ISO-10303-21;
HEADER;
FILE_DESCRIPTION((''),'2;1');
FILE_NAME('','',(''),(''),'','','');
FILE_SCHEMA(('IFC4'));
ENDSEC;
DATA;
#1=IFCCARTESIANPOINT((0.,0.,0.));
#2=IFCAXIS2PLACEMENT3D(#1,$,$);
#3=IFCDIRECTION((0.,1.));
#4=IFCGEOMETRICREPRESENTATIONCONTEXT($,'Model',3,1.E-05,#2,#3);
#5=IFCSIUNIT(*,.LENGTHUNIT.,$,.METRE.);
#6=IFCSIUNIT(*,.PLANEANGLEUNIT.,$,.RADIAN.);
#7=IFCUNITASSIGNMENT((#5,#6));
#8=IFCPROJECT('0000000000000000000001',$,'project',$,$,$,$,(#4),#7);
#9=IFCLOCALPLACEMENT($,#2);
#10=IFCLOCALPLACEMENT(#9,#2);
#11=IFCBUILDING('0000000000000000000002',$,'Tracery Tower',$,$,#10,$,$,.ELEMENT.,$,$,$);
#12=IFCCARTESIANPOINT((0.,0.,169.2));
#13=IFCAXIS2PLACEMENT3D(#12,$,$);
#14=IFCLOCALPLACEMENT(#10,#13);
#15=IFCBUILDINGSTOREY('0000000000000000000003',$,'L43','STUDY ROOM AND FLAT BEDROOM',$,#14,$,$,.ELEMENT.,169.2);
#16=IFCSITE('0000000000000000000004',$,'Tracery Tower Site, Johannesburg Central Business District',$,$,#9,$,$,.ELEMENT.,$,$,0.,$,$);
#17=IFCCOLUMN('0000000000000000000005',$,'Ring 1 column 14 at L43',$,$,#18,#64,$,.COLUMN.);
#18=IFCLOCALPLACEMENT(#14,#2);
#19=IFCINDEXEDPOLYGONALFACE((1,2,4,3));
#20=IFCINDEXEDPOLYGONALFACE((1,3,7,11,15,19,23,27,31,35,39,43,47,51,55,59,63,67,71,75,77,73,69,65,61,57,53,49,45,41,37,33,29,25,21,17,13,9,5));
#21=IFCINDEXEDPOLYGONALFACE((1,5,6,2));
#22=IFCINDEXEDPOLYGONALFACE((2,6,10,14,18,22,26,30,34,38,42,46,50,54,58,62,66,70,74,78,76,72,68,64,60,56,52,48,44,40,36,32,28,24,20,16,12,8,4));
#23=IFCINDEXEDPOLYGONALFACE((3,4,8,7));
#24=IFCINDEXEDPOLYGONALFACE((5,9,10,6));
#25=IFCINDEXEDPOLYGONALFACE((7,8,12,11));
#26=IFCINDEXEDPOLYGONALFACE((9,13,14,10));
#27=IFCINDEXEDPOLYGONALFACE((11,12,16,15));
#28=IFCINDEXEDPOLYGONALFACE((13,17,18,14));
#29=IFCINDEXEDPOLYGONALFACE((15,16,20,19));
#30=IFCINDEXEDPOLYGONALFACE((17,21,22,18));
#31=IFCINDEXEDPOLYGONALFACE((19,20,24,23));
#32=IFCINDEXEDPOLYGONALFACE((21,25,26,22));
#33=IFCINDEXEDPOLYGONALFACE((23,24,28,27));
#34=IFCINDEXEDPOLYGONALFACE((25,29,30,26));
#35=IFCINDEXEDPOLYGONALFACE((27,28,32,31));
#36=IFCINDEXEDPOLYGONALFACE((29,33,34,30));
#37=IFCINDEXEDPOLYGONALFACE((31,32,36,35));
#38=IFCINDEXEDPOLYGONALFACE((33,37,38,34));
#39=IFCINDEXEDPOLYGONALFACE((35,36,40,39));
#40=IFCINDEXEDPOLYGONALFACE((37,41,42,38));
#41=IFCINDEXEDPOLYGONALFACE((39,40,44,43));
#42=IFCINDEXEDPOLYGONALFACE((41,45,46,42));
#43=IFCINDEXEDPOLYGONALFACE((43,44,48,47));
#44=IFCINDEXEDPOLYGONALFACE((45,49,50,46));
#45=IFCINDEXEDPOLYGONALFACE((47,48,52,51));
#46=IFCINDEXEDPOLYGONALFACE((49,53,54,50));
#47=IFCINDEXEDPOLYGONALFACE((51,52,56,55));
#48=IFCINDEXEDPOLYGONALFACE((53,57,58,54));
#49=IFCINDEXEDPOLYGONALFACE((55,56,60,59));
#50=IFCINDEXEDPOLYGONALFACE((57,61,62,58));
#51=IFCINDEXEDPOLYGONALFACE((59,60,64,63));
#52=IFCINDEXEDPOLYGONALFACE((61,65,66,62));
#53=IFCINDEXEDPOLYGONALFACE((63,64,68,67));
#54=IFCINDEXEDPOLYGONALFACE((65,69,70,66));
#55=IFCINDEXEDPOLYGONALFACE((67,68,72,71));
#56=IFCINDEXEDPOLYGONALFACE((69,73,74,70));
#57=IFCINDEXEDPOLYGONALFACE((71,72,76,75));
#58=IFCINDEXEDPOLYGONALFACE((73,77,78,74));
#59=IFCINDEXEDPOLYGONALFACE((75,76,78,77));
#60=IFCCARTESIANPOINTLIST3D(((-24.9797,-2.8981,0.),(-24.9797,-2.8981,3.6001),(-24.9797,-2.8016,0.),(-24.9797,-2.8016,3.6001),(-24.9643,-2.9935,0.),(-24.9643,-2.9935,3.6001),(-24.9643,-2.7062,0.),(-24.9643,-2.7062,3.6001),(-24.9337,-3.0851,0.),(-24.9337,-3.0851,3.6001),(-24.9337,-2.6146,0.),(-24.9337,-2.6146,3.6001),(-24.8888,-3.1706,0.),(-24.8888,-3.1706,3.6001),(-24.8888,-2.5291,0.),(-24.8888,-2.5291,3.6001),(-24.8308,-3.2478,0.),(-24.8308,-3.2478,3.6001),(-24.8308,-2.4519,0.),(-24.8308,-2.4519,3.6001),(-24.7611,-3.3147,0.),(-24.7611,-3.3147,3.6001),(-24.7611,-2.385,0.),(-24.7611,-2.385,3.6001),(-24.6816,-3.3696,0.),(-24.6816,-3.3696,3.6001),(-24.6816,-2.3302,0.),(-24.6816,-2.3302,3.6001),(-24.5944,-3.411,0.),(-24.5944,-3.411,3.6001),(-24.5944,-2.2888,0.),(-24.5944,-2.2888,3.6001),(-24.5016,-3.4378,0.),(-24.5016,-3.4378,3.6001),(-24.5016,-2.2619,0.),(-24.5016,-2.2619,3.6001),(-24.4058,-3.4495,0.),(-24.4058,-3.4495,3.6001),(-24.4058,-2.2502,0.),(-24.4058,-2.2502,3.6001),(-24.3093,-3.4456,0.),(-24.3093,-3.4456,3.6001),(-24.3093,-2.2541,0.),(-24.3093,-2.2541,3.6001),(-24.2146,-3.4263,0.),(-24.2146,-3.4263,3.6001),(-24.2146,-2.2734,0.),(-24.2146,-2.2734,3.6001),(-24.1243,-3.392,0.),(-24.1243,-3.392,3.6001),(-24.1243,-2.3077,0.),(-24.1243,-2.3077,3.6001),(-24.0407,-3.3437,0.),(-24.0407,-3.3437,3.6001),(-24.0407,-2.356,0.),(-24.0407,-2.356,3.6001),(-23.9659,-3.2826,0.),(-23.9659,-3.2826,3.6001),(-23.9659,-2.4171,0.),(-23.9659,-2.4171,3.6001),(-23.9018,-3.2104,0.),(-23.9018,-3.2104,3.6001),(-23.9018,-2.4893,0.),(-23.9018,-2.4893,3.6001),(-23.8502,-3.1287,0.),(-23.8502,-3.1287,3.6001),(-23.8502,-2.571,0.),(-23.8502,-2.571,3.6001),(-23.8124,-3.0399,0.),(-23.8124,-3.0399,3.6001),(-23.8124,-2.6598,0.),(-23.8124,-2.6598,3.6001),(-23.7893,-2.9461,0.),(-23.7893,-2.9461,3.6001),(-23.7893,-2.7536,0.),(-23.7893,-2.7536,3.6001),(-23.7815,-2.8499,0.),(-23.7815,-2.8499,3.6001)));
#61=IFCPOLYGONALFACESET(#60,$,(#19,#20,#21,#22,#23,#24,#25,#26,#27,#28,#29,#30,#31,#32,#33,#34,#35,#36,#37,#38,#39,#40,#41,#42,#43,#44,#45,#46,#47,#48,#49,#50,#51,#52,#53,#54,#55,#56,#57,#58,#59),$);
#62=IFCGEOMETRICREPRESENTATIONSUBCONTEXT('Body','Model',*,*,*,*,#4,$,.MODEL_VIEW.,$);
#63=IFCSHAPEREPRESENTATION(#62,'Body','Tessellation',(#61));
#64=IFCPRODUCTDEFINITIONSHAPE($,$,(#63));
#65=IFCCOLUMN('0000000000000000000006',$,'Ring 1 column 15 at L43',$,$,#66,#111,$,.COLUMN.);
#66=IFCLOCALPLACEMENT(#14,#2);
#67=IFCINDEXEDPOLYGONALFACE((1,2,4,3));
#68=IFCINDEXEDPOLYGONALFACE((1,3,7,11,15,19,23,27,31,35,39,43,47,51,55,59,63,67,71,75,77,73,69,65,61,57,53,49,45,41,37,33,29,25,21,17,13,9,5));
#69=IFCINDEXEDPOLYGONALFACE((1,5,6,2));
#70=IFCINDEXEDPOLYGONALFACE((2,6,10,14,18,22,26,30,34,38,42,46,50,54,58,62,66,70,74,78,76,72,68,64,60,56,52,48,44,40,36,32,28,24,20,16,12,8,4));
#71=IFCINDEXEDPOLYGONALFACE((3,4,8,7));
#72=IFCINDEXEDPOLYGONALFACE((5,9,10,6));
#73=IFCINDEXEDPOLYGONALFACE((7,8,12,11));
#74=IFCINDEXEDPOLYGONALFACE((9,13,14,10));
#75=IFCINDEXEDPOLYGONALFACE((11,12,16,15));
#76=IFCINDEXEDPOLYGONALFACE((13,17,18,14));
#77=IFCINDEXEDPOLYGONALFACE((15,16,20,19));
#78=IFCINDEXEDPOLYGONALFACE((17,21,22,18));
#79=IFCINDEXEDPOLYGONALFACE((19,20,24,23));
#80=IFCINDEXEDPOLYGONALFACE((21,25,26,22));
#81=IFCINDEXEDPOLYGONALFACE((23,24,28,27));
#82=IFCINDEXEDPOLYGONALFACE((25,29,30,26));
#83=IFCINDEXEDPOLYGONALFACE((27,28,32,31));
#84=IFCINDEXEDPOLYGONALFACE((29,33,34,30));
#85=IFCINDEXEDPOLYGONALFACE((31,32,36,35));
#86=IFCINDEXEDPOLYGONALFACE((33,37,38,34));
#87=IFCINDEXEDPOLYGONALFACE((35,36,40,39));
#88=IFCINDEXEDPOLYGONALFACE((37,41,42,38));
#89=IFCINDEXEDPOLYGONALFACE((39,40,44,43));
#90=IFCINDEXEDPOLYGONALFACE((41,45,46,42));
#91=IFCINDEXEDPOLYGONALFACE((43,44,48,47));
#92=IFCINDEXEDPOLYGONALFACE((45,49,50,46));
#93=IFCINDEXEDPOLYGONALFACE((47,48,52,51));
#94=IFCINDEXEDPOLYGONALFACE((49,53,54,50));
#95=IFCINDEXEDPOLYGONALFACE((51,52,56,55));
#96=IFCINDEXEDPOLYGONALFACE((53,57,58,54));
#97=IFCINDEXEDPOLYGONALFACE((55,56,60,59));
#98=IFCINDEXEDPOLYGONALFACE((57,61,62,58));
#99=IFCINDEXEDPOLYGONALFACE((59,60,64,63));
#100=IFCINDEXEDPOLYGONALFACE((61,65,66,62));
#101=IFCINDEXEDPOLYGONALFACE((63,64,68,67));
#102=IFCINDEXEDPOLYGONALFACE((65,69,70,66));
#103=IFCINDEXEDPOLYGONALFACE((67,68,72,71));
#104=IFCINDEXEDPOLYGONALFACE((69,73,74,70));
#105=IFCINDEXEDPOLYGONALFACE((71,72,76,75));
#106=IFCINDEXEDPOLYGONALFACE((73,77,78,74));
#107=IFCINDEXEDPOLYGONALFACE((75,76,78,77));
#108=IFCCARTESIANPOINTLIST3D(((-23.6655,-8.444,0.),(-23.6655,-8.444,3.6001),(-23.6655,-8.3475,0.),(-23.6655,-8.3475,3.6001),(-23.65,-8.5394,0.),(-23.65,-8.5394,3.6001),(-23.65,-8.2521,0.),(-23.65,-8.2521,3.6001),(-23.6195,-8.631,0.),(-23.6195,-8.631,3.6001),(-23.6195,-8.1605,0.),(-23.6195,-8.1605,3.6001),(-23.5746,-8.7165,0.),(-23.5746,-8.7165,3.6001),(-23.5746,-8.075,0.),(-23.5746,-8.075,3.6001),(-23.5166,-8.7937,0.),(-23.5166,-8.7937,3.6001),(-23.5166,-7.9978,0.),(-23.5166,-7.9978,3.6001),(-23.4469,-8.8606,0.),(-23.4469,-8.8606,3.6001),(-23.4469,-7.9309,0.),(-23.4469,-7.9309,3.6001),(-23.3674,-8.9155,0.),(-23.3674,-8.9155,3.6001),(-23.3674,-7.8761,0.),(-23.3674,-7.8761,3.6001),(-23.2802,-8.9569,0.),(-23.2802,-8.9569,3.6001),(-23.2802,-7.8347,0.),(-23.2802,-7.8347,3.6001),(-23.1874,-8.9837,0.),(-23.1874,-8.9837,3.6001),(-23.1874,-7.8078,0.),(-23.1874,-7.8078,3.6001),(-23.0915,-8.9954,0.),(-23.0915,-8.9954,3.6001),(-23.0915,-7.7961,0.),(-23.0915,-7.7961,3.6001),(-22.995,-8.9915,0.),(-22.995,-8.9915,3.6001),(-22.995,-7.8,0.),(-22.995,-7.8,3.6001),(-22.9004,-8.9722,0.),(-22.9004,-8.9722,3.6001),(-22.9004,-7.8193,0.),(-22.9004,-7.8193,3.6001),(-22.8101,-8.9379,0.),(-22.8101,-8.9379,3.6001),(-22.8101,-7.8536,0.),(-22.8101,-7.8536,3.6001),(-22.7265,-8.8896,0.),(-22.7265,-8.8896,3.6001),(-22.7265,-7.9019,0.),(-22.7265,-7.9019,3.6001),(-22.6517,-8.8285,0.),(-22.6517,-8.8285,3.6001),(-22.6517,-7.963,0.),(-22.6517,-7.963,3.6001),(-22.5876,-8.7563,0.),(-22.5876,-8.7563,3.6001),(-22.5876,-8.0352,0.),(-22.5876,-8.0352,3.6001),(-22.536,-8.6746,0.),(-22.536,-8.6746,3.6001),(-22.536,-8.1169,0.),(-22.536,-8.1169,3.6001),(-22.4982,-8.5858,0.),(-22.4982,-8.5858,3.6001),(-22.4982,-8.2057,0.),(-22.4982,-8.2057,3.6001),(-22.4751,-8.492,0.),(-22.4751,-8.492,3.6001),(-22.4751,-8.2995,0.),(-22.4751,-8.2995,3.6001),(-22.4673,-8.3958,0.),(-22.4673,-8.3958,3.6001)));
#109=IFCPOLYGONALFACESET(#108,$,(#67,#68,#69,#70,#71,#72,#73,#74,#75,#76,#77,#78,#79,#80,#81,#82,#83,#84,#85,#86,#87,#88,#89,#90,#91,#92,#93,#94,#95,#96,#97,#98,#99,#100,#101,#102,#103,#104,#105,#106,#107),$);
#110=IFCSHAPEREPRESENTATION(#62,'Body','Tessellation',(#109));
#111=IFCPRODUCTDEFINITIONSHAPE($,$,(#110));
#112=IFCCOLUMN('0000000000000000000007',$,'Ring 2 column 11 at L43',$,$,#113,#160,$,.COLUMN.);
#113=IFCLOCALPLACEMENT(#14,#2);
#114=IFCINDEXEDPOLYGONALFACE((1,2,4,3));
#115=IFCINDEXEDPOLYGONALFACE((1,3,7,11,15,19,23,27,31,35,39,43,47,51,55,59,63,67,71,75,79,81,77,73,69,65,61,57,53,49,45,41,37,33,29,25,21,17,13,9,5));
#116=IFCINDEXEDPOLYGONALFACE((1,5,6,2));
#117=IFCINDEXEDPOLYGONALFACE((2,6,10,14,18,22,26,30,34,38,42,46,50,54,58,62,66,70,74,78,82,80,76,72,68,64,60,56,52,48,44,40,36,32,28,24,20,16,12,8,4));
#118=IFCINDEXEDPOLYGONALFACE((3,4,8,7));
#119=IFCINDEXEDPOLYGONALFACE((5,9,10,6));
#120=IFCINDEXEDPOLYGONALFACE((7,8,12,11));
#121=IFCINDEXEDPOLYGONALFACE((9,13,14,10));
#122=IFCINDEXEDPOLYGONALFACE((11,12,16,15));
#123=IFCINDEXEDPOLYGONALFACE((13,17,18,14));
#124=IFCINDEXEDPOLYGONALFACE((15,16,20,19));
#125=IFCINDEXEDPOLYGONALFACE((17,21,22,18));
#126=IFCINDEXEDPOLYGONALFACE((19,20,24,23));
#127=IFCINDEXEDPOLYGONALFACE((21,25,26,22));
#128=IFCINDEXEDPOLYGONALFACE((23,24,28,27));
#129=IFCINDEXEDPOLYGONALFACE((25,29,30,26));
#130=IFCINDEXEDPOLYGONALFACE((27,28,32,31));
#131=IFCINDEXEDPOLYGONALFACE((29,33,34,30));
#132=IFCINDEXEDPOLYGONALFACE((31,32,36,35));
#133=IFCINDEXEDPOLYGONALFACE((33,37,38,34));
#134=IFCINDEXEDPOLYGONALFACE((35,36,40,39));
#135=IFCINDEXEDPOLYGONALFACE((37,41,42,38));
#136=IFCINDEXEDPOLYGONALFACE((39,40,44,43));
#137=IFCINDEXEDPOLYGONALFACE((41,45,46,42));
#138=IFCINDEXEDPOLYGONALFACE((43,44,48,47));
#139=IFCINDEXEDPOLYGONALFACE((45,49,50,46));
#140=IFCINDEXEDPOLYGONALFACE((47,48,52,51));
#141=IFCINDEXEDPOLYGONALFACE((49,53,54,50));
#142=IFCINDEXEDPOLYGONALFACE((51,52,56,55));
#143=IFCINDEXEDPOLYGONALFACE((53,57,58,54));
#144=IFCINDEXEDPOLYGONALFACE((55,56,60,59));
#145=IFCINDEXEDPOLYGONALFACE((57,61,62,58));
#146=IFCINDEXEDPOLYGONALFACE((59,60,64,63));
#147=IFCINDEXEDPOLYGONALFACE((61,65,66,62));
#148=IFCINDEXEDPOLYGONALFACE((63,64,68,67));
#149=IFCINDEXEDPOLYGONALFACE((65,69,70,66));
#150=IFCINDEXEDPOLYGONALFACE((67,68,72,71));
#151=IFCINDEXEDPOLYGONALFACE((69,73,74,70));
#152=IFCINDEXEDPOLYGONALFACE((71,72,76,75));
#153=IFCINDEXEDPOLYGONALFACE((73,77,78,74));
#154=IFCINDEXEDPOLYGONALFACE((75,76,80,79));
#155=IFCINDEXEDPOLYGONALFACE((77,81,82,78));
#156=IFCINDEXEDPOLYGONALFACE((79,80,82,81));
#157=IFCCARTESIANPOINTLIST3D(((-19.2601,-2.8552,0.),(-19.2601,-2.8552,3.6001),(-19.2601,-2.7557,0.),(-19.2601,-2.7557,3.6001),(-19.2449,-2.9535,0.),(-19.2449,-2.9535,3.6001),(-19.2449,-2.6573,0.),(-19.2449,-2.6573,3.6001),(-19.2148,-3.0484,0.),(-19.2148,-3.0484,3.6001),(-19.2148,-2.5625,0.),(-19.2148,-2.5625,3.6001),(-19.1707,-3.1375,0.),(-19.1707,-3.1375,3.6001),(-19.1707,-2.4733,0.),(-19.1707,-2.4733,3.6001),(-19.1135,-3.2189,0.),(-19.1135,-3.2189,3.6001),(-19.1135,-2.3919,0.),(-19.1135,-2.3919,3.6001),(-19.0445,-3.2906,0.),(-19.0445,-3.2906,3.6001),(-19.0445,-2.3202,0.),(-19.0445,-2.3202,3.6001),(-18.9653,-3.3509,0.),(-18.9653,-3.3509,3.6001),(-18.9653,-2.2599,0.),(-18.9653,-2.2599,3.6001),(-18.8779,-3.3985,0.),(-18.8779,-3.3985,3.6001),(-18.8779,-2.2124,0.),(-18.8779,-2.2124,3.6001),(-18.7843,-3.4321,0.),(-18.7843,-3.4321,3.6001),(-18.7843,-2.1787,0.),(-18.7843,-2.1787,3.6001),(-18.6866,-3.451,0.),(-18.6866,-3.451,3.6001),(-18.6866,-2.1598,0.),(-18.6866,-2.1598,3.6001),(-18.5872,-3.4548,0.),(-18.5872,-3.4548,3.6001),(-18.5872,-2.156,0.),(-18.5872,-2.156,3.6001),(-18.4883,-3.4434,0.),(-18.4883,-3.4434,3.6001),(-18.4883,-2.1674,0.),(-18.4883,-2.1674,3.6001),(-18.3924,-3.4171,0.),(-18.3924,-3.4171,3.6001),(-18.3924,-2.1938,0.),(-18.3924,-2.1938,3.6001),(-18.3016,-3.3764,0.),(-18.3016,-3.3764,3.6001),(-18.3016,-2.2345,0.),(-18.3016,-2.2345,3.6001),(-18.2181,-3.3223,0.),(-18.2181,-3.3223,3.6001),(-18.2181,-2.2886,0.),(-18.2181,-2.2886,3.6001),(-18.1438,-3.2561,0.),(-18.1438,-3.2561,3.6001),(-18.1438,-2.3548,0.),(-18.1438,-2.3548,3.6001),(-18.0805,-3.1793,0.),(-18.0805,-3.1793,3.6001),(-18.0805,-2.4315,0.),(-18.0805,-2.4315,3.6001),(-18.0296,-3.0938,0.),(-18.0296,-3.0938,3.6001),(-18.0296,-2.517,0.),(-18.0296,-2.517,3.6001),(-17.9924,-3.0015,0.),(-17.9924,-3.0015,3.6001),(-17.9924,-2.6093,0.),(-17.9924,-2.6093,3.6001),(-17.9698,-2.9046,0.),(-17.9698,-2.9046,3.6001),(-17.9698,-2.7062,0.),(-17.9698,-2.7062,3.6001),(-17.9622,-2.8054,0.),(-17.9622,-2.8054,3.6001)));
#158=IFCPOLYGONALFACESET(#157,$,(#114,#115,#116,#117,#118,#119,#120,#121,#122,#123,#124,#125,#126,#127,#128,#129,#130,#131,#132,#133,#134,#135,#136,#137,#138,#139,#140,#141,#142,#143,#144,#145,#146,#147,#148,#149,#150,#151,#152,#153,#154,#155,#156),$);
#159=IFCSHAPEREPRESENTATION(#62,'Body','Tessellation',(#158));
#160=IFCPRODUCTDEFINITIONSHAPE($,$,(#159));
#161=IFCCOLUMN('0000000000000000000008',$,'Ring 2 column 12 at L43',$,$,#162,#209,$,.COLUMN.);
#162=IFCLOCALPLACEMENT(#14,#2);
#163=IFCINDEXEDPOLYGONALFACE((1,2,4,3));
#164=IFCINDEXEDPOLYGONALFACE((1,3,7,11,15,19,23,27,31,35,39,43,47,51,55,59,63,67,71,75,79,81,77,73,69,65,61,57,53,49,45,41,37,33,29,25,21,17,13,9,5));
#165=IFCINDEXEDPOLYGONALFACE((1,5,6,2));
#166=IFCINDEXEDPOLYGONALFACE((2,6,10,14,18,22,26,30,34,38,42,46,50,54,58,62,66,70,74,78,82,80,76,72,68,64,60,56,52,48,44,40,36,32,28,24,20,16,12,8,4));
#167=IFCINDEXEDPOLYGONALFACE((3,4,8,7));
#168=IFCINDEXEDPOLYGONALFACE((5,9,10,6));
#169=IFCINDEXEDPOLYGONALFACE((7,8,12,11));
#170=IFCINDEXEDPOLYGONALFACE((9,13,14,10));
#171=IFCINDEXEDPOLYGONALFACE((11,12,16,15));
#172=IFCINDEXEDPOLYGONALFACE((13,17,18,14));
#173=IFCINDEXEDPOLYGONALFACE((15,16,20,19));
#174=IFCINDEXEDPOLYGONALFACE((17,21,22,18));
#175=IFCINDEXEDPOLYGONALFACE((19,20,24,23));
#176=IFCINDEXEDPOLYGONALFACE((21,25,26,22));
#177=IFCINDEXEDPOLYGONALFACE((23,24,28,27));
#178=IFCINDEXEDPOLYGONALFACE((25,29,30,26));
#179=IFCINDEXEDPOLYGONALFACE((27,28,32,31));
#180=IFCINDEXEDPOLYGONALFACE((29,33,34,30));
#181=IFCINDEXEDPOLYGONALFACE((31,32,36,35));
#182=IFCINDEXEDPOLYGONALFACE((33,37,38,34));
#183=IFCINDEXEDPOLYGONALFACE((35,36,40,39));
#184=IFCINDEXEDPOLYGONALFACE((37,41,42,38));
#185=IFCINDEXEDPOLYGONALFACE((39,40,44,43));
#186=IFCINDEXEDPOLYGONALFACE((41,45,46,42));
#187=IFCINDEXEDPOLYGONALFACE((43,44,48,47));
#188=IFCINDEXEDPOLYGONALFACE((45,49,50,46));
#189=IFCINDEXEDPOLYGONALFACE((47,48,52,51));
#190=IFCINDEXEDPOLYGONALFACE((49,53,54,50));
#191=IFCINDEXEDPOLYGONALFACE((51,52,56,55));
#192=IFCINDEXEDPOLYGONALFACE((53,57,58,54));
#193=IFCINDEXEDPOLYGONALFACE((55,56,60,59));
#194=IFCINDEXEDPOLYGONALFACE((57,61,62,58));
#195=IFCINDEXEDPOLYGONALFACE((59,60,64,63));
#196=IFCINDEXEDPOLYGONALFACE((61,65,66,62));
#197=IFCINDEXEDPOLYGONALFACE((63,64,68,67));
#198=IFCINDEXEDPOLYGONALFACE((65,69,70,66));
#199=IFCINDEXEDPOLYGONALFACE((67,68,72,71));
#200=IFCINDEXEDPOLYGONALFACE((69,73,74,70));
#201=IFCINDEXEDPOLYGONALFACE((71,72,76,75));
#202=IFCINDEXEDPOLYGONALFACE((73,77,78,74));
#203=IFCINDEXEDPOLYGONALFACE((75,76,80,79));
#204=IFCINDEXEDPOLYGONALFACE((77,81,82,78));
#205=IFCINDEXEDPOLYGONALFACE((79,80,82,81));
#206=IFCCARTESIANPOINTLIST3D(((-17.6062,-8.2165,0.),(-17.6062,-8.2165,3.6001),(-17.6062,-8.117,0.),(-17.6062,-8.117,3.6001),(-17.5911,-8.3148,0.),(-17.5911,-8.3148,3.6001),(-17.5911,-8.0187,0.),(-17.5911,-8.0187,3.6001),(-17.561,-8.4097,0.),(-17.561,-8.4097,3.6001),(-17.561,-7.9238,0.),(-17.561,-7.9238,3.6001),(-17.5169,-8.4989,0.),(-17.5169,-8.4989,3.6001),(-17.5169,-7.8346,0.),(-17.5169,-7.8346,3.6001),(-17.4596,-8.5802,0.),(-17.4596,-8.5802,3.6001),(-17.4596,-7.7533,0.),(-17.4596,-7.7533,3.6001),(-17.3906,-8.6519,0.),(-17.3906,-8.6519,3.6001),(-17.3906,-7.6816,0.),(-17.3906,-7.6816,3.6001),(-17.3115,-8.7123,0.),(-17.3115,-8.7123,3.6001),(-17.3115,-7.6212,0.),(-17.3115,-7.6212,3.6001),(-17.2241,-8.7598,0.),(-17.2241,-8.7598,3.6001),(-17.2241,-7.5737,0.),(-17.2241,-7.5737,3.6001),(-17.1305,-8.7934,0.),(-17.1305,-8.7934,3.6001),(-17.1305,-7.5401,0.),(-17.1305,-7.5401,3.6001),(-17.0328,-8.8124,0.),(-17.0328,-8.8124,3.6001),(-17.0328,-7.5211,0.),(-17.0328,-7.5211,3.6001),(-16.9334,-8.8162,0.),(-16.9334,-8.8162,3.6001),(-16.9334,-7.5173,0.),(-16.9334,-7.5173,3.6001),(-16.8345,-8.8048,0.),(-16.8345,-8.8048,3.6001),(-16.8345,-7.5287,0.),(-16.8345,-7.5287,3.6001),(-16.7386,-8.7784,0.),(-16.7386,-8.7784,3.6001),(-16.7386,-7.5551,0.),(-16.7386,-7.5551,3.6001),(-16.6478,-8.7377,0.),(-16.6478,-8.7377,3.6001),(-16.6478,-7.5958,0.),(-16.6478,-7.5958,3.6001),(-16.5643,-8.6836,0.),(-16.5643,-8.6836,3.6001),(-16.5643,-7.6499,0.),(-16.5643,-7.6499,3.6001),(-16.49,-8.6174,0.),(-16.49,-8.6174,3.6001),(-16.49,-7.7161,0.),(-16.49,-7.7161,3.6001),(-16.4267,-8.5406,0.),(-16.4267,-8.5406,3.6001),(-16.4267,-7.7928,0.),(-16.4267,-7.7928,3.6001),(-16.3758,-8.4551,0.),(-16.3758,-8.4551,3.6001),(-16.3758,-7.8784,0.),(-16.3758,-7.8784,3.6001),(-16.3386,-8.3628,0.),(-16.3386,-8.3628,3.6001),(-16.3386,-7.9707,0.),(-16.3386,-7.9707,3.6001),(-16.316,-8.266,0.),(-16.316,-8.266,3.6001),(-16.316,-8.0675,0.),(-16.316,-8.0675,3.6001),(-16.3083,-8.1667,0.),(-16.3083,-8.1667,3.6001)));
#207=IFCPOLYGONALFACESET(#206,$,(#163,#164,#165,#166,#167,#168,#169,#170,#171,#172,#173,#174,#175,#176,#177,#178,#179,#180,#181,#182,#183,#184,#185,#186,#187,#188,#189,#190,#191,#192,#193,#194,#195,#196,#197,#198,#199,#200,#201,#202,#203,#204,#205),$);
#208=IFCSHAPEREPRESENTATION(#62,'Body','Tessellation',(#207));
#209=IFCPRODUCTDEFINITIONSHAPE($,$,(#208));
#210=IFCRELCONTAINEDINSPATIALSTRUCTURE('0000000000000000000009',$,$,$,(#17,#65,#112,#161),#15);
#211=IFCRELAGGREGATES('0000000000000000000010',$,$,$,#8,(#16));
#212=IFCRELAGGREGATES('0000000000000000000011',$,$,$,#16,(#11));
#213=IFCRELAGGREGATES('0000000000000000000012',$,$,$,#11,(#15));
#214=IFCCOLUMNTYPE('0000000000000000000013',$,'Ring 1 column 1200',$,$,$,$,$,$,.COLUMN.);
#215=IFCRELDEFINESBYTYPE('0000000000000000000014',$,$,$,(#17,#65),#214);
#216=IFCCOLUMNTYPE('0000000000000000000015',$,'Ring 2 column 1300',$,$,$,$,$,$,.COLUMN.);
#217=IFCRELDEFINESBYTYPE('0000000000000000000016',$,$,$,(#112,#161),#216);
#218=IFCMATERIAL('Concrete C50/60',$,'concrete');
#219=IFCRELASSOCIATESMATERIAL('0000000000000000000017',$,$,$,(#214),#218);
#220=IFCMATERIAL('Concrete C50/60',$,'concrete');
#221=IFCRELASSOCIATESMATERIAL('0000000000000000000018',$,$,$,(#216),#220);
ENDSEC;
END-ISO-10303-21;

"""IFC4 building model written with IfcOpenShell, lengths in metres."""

from ifc_helpers import new_model, si_unit, direction, frame, origin, origin_2d, place, context, subcontext, project, spatial, circle, extrude, material, material_profile, profile_set, type_object, element, save


model = new_model("IFC4")

# Units and contexts
model_context = context("Model", 3, precision=1e-05, world=origin(), true_north=direction((0.0, 1.0)))
body_context = subcontext(model_context, "Body", "Model", "MODEL_VIEW")
ifc_project = project(units=[si_unit("LENGTHUNIT", "METRE"), si_unit("PLANEANGLEUNIT", "RADIAN")], contexts=[model_context])

# Site, building, storey
site_placement = place(None, origin())
site = spatial("IfcSite", under=ifc_project, at=site_placement, Name="Tracery Tower Site, Johannesburg Central Business District", CompositionType="ELEMENT", RefElevation=0.0)
building_placement = place(site_placement, origin())
building = spatial("IfcBuilding", under=site, at=building_placement, Name="Tracery Tower", CompositionType="ELEMENT")
storey_placement = place(building_placement, frame((0.0, 0.0, 169.2)))
storey = spatial("IfcBuildingStorey", under=building, at=storey_placement, Name="L43", Description="STUDY ROOM AND FLAT BEDROOM", CompositionType="ELEMENT", Elevation=169.2)

# Columns
ifc_material_1 = material(Name="Concrete C50/60", Category="concrete")
ifc_material_profile_1 = material_profile(ifc_material_1, circle(Radius=0.6001, at=origin_2d()), Name="RC D1200")
ifc_profile_set_1 = profile_set([ifc_material_profile_1], Name="Concrete C50/60")
column_type_1 = type_object("IfcColumnType", Name="Ring 1 column 1200", PredefinedType="COLUMN", material=ifc_profile_set_1)
for number, where, z_axis, x_axis, name in (
    (1, (-24.3816, -2.8499, 0.0), (0.0, 0.0, 1.0), (1.0, 0.0, 0.0), "Ring 1 column 14 at L43"),
    (2, (-23.0674, -8.3958, 0.0), (0.0, 0.0, 1.0), (1.0, 0.0, 0.0), "Ring 1 column 15 at L43"),
):
    element("IfcColumn", number, at=place(storey_placement, frame(where, z_axis=z_axis, x_axis=x_axis)), inside=storey, type_object=column_type_1, Name=name, PredefinedType="COLUMN", context=body_context, shape_type="SweptSolid", body=[
        extrude(circle(Radius=0.6001, at=origin_2d()), origin(), (0.0, 0.0, 1.0), 3.6001),
    ])
ifc_material_2 = material(Name="Concrete C50/60", Category="concrete")
ifc_material_profile_2 = material_profile(ifc_material_2, circle(Radius=0.6499, at=origin_2d()), Name="RC D1300")
ifc_profile_set_2 = profile_set([ifc_material_profile_2], Name="Concrete C50/60")
column_type_2 = type_object("IfcColumnType", Name="Ring 2 column 1300", PredefinedType="COLUMN", material=ifc_profile_set_2)
for number, where, z_axis, x_axis, name in (
    (3, (-18.6121, -2.8054, 0.0), (0.0, 0.0, 1.0), (1.0, 0.0, 0.0), "Ring 2 column 11 at L43"),
    (4, (-16.9583, -8.1667, 0.0), (0.0, 0.0, 1.0), (1.0, 0.0, 0.0), "Ring 2 column 12 at L43"),
):
    element("IfcColumn", number, at=place(storey_placement, frame(where, z_axis=z_axis, x_axis=x_axis)), inside=storey, type_object=column_type_2, Name=name, PredefinedType="COLUMN", context=body_context, shape_type="SweptSolid", body=[
        extrude(circle(Radius=0.6499, at=origin_2d()), origin(), (0.0, 0.0, 1.0), 3.6001),
    ])

save(model, "model.ifc")
